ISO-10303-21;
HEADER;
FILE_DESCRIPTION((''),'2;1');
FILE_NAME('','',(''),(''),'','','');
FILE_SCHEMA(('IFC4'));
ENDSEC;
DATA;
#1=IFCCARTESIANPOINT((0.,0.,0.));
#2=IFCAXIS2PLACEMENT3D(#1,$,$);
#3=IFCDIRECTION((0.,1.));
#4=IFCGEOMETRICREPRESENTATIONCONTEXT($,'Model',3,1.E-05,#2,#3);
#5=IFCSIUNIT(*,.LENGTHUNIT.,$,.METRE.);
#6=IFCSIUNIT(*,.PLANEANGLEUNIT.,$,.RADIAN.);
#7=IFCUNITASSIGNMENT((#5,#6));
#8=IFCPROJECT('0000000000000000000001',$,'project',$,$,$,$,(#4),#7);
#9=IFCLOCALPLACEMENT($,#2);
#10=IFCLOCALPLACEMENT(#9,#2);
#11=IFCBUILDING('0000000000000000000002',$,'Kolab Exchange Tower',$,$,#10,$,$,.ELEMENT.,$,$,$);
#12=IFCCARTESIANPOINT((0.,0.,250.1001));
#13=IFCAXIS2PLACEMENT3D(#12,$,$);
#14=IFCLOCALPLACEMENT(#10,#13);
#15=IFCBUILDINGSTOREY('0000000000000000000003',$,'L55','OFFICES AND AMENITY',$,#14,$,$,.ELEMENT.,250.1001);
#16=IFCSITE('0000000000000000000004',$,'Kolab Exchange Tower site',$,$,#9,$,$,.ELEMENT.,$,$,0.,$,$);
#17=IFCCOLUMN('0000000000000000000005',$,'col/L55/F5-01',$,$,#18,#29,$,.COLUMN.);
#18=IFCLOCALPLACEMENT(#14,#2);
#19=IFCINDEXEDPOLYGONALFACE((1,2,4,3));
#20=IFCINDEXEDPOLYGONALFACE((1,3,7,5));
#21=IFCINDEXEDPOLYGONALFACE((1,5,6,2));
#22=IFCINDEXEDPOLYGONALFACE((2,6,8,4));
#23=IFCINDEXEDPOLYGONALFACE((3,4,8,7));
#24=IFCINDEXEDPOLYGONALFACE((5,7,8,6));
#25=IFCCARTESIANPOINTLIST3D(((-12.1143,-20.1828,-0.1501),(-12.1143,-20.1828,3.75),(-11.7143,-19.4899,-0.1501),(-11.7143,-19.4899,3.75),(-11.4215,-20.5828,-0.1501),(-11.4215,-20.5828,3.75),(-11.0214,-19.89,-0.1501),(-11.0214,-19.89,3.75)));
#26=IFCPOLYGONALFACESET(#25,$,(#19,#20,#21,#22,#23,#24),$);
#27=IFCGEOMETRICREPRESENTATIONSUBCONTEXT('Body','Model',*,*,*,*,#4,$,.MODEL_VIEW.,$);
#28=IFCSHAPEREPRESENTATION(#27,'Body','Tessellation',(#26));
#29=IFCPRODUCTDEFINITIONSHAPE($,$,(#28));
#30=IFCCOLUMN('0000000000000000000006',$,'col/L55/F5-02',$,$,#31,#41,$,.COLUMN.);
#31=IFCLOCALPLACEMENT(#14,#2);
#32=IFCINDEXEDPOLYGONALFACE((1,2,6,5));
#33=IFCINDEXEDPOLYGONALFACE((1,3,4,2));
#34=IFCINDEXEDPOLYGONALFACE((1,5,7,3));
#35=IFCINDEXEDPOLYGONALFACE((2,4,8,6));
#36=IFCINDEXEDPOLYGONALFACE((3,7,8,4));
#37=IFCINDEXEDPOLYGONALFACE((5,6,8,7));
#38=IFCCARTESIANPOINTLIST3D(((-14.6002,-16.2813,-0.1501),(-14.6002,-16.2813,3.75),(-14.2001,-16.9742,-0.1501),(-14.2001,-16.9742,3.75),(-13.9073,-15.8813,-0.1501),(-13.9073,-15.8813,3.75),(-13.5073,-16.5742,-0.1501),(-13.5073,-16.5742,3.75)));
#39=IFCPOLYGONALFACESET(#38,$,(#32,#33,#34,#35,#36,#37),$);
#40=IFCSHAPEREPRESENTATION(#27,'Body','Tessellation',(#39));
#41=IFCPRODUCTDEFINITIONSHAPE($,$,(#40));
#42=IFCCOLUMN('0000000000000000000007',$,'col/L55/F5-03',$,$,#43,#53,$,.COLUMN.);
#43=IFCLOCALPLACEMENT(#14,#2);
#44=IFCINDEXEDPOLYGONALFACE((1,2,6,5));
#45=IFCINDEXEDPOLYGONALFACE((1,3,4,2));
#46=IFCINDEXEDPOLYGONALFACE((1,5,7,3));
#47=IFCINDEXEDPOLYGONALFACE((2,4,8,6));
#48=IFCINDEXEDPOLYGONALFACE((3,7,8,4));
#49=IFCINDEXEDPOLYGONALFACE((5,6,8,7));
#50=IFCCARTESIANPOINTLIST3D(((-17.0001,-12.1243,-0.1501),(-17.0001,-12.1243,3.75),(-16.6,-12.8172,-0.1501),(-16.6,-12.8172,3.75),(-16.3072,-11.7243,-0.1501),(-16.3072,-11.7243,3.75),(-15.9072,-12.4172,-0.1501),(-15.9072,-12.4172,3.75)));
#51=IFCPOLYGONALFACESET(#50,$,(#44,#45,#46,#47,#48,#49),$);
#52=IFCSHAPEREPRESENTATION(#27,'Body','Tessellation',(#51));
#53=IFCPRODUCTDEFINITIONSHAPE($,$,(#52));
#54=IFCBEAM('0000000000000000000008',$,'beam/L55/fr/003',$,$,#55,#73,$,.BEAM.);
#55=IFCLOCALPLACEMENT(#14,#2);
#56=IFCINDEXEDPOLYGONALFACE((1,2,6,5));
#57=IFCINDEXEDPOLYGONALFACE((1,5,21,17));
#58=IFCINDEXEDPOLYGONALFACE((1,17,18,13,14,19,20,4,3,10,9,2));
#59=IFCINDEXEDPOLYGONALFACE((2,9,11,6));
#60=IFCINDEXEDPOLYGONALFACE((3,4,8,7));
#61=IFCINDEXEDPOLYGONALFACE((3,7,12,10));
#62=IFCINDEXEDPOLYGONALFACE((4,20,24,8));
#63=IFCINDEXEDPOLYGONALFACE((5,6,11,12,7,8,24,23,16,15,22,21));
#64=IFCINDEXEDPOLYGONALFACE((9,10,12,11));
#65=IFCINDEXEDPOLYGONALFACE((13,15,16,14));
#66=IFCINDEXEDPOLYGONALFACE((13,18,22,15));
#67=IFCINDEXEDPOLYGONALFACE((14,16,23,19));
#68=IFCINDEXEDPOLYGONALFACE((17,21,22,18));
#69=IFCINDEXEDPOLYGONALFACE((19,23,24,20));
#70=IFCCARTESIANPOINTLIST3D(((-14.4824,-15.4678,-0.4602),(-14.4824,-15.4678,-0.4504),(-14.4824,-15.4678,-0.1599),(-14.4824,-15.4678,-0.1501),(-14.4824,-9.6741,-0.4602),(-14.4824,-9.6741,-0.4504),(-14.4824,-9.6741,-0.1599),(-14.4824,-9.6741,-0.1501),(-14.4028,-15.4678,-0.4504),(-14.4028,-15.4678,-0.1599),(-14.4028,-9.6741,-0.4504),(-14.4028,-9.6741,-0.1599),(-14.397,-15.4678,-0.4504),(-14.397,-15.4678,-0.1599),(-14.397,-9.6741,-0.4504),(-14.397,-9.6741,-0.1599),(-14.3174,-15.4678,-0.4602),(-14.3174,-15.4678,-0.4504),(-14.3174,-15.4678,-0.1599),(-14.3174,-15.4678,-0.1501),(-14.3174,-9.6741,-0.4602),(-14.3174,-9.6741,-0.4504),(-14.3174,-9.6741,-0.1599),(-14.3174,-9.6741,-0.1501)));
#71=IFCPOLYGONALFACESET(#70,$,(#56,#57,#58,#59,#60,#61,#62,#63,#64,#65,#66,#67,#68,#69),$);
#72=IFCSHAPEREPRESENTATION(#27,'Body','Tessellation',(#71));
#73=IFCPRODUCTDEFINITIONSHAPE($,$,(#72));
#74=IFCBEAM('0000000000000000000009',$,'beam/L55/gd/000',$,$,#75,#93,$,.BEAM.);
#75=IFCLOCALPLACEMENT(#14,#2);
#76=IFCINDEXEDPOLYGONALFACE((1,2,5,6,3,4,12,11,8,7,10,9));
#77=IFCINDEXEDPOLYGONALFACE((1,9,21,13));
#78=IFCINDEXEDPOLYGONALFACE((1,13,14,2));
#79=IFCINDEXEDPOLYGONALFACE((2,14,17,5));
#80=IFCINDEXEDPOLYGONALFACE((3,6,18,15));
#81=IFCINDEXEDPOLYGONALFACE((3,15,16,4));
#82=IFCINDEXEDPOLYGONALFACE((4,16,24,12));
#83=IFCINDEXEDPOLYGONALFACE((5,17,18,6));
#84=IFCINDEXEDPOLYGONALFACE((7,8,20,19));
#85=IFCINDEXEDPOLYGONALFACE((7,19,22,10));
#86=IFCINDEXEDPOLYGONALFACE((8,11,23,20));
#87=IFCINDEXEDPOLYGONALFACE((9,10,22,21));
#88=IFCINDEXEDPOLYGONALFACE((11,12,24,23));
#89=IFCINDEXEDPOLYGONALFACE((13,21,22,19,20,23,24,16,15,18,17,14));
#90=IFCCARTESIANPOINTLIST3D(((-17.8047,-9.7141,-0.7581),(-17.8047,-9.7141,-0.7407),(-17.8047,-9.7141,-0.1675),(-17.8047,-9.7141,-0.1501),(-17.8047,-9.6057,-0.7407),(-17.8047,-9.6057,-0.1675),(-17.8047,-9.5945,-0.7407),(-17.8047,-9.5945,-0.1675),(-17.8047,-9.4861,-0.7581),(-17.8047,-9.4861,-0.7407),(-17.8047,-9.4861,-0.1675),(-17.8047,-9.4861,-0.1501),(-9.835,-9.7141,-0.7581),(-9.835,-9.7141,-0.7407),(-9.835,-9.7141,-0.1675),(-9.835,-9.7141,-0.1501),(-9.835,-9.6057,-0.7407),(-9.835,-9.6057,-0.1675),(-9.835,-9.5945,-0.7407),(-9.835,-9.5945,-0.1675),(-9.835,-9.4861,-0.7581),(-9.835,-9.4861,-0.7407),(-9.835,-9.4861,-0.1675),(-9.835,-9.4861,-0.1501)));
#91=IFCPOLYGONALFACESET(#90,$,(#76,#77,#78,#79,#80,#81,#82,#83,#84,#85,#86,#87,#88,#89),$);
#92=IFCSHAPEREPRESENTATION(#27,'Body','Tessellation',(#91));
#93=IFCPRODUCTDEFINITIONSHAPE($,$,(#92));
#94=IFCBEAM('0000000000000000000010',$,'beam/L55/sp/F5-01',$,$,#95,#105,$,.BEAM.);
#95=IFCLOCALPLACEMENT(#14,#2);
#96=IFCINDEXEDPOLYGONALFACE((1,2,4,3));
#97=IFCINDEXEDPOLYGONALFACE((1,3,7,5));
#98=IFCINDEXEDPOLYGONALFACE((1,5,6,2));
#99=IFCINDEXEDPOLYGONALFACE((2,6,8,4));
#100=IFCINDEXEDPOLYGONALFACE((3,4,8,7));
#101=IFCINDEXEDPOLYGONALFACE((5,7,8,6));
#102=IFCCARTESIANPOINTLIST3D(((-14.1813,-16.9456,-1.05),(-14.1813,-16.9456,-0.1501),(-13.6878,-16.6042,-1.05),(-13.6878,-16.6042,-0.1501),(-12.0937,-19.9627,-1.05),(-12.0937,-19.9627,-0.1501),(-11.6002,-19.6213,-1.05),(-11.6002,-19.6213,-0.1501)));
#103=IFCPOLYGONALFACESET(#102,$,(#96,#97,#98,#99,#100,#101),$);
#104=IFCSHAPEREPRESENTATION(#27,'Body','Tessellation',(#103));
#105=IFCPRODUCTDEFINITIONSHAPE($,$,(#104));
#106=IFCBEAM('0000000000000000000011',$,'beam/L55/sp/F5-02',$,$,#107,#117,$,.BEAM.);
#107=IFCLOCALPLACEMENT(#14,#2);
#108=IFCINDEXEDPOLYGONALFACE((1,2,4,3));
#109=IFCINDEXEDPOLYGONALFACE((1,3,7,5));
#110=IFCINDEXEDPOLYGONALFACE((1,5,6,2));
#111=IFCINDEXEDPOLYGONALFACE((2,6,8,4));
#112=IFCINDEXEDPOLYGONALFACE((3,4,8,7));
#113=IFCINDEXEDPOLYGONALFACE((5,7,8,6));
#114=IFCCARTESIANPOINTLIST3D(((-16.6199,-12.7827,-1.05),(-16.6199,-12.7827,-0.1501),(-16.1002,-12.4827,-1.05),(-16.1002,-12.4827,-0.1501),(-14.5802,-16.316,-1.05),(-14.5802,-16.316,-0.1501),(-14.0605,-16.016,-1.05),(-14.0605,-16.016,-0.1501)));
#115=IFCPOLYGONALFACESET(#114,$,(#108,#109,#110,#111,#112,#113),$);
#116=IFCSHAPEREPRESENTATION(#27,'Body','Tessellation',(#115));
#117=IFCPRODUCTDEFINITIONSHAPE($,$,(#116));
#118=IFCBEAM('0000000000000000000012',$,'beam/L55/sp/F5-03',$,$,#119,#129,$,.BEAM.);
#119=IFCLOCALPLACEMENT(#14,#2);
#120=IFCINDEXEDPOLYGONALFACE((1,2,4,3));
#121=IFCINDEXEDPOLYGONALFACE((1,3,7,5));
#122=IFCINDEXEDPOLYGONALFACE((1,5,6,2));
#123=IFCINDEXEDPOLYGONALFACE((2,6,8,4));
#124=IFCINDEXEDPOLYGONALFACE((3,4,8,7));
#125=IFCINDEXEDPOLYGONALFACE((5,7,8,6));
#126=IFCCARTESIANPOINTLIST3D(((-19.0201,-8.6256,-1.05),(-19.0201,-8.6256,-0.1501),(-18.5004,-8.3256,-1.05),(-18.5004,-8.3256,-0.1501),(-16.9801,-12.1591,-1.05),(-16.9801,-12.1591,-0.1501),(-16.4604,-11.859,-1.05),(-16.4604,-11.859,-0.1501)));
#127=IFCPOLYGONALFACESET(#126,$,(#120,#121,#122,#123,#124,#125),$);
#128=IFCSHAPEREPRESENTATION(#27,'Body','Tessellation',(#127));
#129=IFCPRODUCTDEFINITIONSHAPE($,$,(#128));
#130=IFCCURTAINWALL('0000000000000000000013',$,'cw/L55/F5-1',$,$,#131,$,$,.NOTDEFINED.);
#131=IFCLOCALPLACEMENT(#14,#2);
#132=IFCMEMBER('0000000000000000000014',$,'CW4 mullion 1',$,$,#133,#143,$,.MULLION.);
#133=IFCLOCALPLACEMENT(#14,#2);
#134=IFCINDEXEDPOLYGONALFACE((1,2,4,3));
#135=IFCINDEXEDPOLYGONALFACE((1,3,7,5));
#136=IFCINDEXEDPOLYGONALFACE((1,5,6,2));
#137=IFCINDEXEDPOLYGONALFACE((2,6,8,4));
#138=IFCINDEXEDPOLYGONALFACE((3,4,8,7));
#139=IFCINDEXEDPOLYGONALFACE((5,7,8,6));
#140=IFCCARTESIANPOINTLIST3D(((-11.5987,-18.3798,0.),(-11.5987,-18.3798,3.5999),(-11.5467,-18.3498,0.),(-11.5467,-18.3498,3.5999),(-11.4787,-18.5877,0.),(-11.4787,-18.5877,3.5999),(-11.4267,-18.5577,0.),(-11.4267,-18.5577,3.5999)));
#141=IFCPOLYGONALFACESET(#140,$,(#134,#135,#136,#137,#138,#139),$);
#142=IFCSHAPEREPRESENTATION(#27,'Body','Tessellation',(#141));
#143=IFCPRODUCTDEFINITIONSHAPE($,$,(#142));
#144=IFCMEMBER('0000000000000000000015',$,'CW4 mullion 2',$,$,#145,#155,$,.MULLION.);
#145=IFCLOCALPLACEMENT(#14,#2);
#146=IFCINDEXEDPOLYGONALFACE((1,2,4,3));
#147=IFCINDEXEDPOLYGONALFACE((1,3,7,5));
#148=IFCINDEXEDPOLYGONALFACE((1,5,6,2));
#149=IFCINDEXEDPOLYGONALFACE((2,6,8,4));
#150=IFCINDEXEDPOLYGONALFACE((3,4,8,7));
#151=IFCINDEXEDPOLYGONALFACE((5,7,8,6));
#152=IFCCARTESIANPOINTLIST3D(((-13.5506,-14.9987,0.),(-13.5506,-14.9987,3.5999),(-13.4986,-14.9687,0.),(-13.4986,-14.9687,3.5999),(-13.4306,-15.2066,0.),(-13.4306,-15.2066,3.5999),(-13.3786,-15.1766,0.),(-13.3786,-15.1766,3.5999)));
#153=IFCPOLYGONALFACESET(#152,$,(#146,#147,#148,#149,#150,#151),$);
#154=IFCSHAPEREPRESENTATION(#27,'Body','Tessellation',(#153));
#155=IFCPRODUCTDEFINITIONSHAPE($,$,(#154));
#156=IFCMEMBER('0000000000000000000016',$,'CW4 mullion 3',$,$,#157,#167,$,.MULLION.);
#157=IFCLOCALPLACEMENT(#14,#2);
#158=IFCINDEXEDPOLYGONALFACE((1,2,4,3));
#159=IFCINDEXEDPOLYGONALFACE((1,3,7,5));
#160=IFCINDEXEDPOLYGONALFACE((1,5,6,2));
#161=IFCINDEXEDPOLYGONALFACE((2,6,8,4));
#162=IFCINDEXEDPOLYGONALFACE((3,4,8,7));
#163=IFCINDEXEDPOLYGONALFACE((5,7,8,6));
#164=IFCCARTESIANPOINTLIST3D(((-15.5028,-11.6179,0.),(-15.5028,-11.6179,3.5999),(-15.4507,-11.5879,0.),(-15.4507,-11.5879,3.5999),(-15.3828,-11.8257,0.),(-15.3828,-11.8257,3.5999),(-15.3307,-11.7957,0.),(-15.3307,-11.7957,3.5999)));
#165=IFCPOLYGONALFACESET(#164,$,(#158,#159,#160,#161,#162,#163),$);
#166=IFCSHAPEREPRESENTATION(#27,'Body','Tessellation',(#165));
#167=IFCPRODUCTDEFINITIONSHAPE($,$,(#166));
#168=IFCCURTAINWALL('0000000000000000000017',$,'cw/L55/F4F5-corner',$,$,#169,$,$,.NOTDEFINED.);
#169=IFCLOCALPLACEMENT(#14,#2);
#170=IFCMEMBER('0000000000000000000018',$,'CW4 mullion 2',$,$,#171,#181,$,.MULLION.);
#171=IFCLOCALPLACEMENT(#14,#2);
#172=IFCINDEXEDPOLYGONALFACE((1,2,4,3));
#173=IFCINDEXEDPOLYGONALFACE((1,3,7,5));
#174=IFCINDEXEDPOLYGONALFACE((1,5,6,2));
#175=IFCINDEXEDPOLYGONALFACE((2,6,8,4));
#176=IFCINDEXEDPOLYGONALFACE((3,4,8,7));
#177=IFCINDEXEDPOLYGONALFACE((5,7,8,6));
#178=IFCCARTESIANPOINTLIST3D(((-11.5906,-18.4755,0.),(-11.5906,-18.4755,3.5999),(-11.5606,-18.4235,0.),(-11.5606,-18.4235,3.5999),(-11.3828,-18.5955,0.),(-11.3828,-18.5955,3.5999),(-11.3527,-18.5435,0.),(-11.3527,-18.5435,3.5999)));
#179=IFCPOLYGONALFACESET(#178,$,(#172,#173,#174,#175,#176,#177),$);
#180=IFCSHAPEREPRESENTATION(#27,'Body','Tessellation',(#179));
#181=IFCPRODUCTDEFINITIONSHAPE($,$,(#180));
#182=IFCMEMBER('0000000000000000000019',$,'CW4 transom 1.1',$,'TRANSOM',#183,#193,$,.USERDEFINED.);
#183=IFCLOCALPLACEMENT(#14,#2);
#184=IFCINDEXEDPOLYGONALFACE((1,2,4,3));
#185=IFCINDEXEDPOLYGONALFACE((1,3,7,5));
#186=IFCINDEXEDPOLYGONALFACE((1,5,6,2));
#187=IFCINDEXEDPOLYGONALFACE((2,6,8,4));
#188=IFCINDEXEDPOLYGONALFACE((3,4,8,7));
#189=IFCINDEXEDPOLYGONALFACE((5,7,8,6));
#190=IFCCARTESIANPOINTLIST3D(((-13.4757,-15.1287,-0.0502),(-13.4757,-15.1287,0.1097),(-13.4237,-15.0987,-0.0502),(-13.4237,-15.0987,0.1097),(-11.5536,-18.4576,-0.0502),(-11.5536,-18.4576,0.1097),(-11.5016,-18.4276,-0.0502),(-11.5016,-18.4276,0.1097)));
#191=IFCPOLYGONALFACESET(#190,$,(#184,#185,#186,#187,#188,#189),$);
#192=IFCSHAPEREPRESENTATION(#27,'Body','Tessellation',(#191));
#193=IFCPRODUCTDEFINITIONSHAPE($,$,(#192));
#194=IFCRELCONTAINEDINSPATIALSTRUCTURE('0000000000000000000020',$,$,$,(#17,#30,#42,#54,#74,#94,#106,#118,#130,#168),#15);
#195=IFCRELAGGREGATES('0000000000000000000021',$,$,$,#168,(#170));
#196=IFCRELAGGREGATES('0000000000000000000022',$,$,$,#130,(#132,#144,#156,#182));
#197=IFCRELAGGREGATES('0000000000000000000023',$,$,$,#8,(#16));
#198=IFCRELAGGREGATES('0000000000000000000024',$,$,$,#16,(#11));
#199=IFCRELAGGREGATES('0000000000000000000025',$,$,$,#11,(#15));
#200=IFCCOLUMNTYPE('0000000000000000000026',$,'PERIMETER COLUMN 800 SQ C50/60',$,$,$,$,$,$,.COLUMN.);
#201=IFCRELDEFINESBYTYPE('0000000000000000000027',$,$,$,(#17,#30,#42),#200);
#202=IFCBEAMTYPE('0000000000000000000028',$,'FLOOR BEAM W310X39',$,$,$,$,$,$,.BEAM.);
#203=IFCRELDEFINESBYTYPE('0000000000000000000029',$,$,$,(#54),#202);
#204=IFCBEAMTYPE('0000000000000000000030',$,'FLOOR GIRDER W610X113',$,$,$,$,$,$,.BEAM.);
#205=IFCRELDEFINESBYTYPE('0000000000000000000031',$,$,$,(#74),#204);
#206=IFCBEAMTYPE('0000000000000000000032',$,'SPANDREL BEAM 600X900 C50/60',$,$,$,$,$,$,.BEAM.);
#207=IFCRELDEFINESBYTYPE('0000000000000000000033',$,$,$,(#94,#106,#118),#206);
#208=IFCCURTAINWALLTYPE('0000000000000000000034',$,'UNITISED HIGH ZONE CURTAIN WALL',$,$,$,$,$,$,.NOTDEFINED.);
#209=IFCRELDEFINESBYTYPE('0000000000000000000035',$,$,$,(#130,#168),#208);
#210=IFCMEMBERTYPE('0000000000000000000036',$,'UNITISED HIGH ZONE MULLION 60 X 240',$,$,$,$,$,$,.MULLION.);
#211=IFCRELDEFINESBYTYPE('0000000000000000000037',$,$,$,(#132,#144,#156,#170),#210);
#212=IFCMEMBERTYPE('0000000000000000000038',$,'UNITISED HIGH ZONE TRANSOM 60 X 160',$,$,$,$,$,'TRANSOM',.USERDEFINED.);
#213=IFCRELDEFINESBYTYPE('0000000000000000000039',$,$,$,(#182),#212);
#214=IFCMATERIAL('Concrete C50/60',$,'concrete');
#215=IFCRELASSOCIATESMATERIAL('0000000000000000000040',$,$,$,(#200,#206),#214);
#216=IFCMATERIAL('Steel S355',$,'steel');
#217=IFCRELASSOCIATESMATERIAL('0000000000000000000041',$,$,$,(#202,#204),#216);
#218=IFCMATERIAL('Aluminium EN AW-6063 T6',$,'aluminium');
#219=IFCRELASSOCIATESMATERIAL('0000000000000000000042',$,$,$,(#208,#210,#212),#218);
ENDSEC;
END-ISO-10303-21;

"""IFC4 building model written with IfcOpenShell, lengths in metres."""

from ifc_helpers import new_model, si_unit, direction, frame, origin, origin_2d, place, context, subcontext, project, spatial, rectangle, i_section, extrude, material, material_profile, profile_set, type_object, element, aggregate, save


model = new_model("IFC4")

# Units and contexts
model_context = context("Model", 3, precision=1e-05, world=origin(), true_north=direction((0.0, 1.0)))
body_context = subcontext(model_context, "Body", "Model", "MODEL_VIEW")
ifc_project = project(units=[si_unit("LENGTHUNIT", "METRE"), si_unit("PLANEANGLEUNIT", "RADIAN")], contexts=[model_context])

# Site, building, storey
site_placement = place(None, origin())
site = spatial("IfcSite", under=ifc_project, at=site_placement, Name="Kolab Exchange Tower site", CompositionType="ELEMENT", RefElevation=0.0)
building_placement = place(site_placement, origin())
building = spatial("IfcBuilding", under=site, at=building_placement, Name="Kolab Exchange Tower", CompositionType="ELEMENT")
storey_placement = place(building_placement, frame((0.0, 0.0, 250.1001)))
storey = spatial("IfcBuildingStorey", under=building, at=storey_placement, Name="L55", Description="OFFICES AND AMENITY", CompositionType="ELEMENT", Elevation=250.1001)

# Columns
ifc_material_1 = material(Name="Concrete C50/60", Category="concrete")
ifc_material_profile_1 = material_profile(ifc_material_1, rectangle(XDim=0.8, YDim=0.8, at=origin_2d()), Name="RC800")
ifc_profile_set_1 = profile_set([ifc_material_profile_1], Name="Concrete C50/60")
column_type = type_object("IfcColumnType", Name="PERIMETER COLUMN 800 SQ C50/60", PredefinedType="COLUMN", material=ifc_profile_set_1)
for number, where, z_axis, x_axis, name in (
    (1, (-11.5679, -20.0364, -0.1501), (0.0, 0.0, 1.0), (0.5, 0.866025, 0.0), "col/L55/F5-01"),
    (2, (-14.0537, -16.4277, -0.1501), (0.0, 0.0, 1.0), (0.866025, 0.5, 0.0), "col/L55/F5-02"),
    (3, (-16.4536, -12.2708, -0.1501), (0.0, 0.0, 1.0), (0.866025, 0.5, 0.0), "col/L55/F5-03"),
):
    element("IfcColumn", number, at=place(storey_placement, frame(where, z_axis=z_axis, x_axis=x_axis)), inside=storey, type_object=column_type, Name=name, PredefinedType="COLUMN", context=body_context, shape_type="SweptSolid", body=[
        extrude(rectangle(XDim=0.8, YDim=0.8, at=origin_2d()), origin(), (0.0, 0.0, 1.0), 3.9001),
    ])

# Beams
ifc_material_2 = material(Name="Steel S355", Category="steel")
ifc_material_profile_2 = material_profile(ifc_material_2, i_section(OverallWidth=0.165, OverallDepth=0.3101, WebThickness=0.0059, FlangeThickness=0.0098, at=origin_2d()), Name="W310X39")
ifc_profile_set_2 = profile_set([ifc_material_profile_2], Name="Steel S355")
beam_type_1 = type_object("IfcBeamType", Name="FLOOR BEAM W310X39", PredefinedType="BEAM", material=ifc_profile_set_2)
beam_1_placement = place(storey_placement, frame((-14.3999, -15.4678, -0.3052), z_axis=(0.0, 1.0, 0.0), x_axis=(-1.0, 0.0, 0.0)))
element("IfcBeam", 4, at=beam_1_placement, inside=storey, type_object=beam_type_1, Name="beam/L55/fr/003", PredefinedType="BEAM", context=body_context, shape_type="SweptSolid", body=[
    extrude(i_section(OverallWidth=0.165, OverallDepth=0.3101, WebThickness=0.0059, FlangeThickness=0.0098, at=origin_2d()), origin(), (0.0, 0.0, 1.0), 5.7937),
])
ifc_material_profile_3 = material_profile(ifc_material_2, i_section(OverallWidth=0.228, OverallDepth=0.6079, WebThickness=0.0112, FlangeThickness=0.0173, at=origin_2d()), Name="W610X113")
ifc_profile_set_3 = profile_set([ifc_material_profile_3], Name="Steel S355")
beam_type_2 = type_object("IfcBeamType", Name="FLOOR GIRDER W610X113", PredefinedType="BEAM", material=ifc_profile_set_3)
beam_2_placement = place(storey_placement, frame((-17.8047, -9.6001, -0.4541), z_axis=(1.0, 0.0, 0.0), x_axis=(0.0, 1.0, 0.0)))
element("IfcBeam", 5, at=beam_2_placement, inside=storey, type_object=beam_type_2, Name="beam/L55/gd/000", PredefinedType="BEAM", context=body_context, shape_type="SweptSolid", body=[
    extrude(i_section(OverallWidth=0.228, OverallDepth=0.6079, WebThickness=0.0112, FlangeThickness=0.0173, at=origin_2d()), origin(), (0.0, 0.0, 1.0), 7.9697),
])
ifc_material_profile_4 = material_profile(ifc_material_1, rectangle(XDim=0.6001, YDim=0.8999, at=origin_2d()), Name="RC600X900")
ifc_profile_set_4 = profile_set([ifc_material_profile_4], Name="Concrete C50/60")
beam_type_3 = type_object("IfcBeamType", Name="SPANDREL BEAM 600X900 C50/60", PredefinedType="BEAM", material=ifc_profile_set_4)
beam_3_placement = place(storey_placement, frame((-11.8469, -19.792, -0.6001), z_axis=(-0.569006, 0.822334, 0.0), x_axis=(-0.822334, -0.569006, 0.0)))
element("IfcBeam", 6, at=beam_3_placement, inside=storey, type_object=beam_type_3, Name="beam/L55/sp/F5-01", PredefinedType="BEAM", context=body_context, shape_type="SweptSolid", body=[
    extrude(rectangle(XDim=0.6001, YDim=0.8999, at=origin_2d()), origin(), (0.0, 0.0, 1.0), 3.6689),
])
beam_4_placement = place(storey_placement, frame((-14.3203, -16.166, -0.6001), z_axis=(-0.499956, 0.866051, 0.0), x_axis=(-0.866051, -0.499956, 0.0)))
element("IfcBeam", 7, at=beam_4_placement, inside=storey, type_object=beam_type_3, Name="beam/L55/sp/F5-02", PredefinedType="BEAM", context=body_context, shape_type="SweptSolid", body=[
    extrude(rectangle(XDim=0.6001, YDim=0.8999, at=origin_2d()), origin(), (0.0, 0.0, 1.0), 4.0798),
])
beam_5_placement = place(storey_placement, frame((-16.7202, -12.009, -0.6001), z_axis=(-0.5, 0.866025, 0.0), x_axis=(-0.866025, -0.5, 0.0)))
element("IfcBeam", 8, at=beam_5_placement, inside=storey, type_object=beam_type_3, Name="beam/L55/sp/F5-03", PredefinedType="BEAM", context=body_context, shape_type="SweptSolid", body=[
    extrude(rectangle(XDim=0.6001, YDim=0.8999, at=origin_2d()), origin(), (0.0, 0.0, 1.0), 4.0801),
])

# Curtain wall, members
ifc_material_3 = material(Name="Aluminium EN AW-6063 T6", Category="aluminium")
curtain_wall_type = type_object("IfcCurtainWallType", Name="UNITISED HIGH ZONE CURTAIN WALL", PredefinedType="NOTDEFINED", material=ifc_material_3)
curtain_wall_1_placement = place(storey_placement, origin())
curtain_wall_1 = element("IfcCurtainWall", 9, at=curtain_wall_1_placement, inside=storey, type_object=curtain_wall_type, Name="cw/L55/F5-1", PredefinedType="NOTDEFINED")
ifc_material_profile_5 = material_profile(ifc_material_3, rectangle(XDim=0.0601, YDim=0.24, at=origin_2d()), Name="RECT 60X240")
ifc_profile_set_5 = profile_set([ifc_material_profile_5], Name="Aluminium EN AW-6063 T6")
member_type_1 = type_object("IfcMemberType", Name="UNITISED HIGH ZONE MULLION 60 X 240", PredefinedType="MULLION", material=ifc_profile_set_5)
member_1_placement = place(storey_placement, frame((-11.5127, -18.4688, 0.0), z_axis=(0.0, 0.0, 1.0), x_axis=(-0.866025, -0.5, 0.0)))
member_1 = element("IfcMember", 10, at=member_1_placement, type_object=member_type_1, Name="CW4 mullion 1", PredefinedType="MULLION", context=body_context, shape_type="SweptSolid", body=[
    extrude(rectangle(XDim=0.0601, YDim=0.24, at=origin_2d()), origin(), (0.0, 0.0, 1.0), 3.5999),
])
member_2_placement = place(storey_placement, frame((-13.4646, -15.0876, 0.0), z_axis=(0.0, 0.0, 1.0), x_axis=(-0.866025, -0.5, 0.0)))
member_2 = element("IfcMember", 11, at=member_2_placement, type_object=member_type_1, Name="CW4 mullion 2", PredefinedType="MULLION", context=body_context, shape_type="SweptSolid", body=[
    extrude(rectangle(XDim=0.0601, YDim=0.24, at=origin_2d()), origin(), (0.0, 0.0, 1.0), 3.5999),
])
member_3_placement = place(storey_placement, frame((-15.4167, -11.7068, 0.0), z_axis=(0.0, 0.0, 1.0), x_axis=(-0.866025, -0.5, 0.0)))
member_3 = element("IfcMember", 12, at=member_3_placement, type_object=member_type_1, Name="CW4 mullion 3", PredefinedType="MULLION", context=body_context, shape_type="SweptSolid", body=[
    extrude(rectangle(XDim=0.0601, YDim=0.24, at=origin_2d()), origin(), (0.0, 0.0, 1.0), 3.5999),
])

# Curtain wall, member
curtain_wall_2_placement = place(storey_placement, origin())
curtain_wall_2 = element("IfcCurtainWall", 13, at=curtain_wall_2_placement, inside=storey, type_object=curtain_wall_type, Name="cw/L55/F4F5-corner", PredefinedType="NOTDEFINED")
member_4_placement = place(storey_placement, frame((-11.4717, -18.5095, 0.0), z_axis=(0.0, 0.0, 1.0), x_axis=(-0.5, -0.866025, 0.0)))
member_4 = element("IfcMember", 14, at=member_4_placement, type_object=member_type_1, Name="CW4 mullion 2", PredefinedType="MULLION", context=body_context, shape_type="SweptSolid", body=[
    extrude(rectangle(XDim=0.0601, YDim=0.24, at=origin_2d()), origin(), (0.0, 0.0, 1.0), 3.5999),
])
aggregate(curtain_wall_2, [member_4])

# Member
ifc_material_profile_6 = material_profile(ifc_material_3, rectangle(XDim=0.0601, YDim=0.1599, at=origin_2d()), Name="RECT 60X160")
ifc_profile_set_6 = profile_set([ifc_material_profile_6], Name="Aluminium EN AW-6063 T6")
member_type_2 = type_object("IfcMemberType", Name="UNITISED HIGH ZONE TRANSOM 60 X 160", ElementType="TRANSOM", PredefinedType="USERDEFINED", material=ifc_profile_set_6)
member_5_placement = place(storey_placement, frame((-11.5276, -18.4426, 0.0298), z_axis=(-0.500039, 0.866003, 0.0), x_axis=(-0.866003, -0.500039, 0.0)))
member_5 = element("IfcMember", 15, at=member_5_placement, type_object=member_type_2, Name="CW4 transom 1.1", ObjectType="TRANSOM", PredefinedType="USERDEFINED", context=body_context, shape_type="SweptSolid", body=[
    extrude(rectangle(XDim=0.0601, YDim=0.1599, at=origin_2d()), origin(), (0.0, 0.0, 1.0), 3.844),
])

aggregate(curtain_wall_1, [member_1, member_2, member_3, member_5])

save(model, "model.ifc")
